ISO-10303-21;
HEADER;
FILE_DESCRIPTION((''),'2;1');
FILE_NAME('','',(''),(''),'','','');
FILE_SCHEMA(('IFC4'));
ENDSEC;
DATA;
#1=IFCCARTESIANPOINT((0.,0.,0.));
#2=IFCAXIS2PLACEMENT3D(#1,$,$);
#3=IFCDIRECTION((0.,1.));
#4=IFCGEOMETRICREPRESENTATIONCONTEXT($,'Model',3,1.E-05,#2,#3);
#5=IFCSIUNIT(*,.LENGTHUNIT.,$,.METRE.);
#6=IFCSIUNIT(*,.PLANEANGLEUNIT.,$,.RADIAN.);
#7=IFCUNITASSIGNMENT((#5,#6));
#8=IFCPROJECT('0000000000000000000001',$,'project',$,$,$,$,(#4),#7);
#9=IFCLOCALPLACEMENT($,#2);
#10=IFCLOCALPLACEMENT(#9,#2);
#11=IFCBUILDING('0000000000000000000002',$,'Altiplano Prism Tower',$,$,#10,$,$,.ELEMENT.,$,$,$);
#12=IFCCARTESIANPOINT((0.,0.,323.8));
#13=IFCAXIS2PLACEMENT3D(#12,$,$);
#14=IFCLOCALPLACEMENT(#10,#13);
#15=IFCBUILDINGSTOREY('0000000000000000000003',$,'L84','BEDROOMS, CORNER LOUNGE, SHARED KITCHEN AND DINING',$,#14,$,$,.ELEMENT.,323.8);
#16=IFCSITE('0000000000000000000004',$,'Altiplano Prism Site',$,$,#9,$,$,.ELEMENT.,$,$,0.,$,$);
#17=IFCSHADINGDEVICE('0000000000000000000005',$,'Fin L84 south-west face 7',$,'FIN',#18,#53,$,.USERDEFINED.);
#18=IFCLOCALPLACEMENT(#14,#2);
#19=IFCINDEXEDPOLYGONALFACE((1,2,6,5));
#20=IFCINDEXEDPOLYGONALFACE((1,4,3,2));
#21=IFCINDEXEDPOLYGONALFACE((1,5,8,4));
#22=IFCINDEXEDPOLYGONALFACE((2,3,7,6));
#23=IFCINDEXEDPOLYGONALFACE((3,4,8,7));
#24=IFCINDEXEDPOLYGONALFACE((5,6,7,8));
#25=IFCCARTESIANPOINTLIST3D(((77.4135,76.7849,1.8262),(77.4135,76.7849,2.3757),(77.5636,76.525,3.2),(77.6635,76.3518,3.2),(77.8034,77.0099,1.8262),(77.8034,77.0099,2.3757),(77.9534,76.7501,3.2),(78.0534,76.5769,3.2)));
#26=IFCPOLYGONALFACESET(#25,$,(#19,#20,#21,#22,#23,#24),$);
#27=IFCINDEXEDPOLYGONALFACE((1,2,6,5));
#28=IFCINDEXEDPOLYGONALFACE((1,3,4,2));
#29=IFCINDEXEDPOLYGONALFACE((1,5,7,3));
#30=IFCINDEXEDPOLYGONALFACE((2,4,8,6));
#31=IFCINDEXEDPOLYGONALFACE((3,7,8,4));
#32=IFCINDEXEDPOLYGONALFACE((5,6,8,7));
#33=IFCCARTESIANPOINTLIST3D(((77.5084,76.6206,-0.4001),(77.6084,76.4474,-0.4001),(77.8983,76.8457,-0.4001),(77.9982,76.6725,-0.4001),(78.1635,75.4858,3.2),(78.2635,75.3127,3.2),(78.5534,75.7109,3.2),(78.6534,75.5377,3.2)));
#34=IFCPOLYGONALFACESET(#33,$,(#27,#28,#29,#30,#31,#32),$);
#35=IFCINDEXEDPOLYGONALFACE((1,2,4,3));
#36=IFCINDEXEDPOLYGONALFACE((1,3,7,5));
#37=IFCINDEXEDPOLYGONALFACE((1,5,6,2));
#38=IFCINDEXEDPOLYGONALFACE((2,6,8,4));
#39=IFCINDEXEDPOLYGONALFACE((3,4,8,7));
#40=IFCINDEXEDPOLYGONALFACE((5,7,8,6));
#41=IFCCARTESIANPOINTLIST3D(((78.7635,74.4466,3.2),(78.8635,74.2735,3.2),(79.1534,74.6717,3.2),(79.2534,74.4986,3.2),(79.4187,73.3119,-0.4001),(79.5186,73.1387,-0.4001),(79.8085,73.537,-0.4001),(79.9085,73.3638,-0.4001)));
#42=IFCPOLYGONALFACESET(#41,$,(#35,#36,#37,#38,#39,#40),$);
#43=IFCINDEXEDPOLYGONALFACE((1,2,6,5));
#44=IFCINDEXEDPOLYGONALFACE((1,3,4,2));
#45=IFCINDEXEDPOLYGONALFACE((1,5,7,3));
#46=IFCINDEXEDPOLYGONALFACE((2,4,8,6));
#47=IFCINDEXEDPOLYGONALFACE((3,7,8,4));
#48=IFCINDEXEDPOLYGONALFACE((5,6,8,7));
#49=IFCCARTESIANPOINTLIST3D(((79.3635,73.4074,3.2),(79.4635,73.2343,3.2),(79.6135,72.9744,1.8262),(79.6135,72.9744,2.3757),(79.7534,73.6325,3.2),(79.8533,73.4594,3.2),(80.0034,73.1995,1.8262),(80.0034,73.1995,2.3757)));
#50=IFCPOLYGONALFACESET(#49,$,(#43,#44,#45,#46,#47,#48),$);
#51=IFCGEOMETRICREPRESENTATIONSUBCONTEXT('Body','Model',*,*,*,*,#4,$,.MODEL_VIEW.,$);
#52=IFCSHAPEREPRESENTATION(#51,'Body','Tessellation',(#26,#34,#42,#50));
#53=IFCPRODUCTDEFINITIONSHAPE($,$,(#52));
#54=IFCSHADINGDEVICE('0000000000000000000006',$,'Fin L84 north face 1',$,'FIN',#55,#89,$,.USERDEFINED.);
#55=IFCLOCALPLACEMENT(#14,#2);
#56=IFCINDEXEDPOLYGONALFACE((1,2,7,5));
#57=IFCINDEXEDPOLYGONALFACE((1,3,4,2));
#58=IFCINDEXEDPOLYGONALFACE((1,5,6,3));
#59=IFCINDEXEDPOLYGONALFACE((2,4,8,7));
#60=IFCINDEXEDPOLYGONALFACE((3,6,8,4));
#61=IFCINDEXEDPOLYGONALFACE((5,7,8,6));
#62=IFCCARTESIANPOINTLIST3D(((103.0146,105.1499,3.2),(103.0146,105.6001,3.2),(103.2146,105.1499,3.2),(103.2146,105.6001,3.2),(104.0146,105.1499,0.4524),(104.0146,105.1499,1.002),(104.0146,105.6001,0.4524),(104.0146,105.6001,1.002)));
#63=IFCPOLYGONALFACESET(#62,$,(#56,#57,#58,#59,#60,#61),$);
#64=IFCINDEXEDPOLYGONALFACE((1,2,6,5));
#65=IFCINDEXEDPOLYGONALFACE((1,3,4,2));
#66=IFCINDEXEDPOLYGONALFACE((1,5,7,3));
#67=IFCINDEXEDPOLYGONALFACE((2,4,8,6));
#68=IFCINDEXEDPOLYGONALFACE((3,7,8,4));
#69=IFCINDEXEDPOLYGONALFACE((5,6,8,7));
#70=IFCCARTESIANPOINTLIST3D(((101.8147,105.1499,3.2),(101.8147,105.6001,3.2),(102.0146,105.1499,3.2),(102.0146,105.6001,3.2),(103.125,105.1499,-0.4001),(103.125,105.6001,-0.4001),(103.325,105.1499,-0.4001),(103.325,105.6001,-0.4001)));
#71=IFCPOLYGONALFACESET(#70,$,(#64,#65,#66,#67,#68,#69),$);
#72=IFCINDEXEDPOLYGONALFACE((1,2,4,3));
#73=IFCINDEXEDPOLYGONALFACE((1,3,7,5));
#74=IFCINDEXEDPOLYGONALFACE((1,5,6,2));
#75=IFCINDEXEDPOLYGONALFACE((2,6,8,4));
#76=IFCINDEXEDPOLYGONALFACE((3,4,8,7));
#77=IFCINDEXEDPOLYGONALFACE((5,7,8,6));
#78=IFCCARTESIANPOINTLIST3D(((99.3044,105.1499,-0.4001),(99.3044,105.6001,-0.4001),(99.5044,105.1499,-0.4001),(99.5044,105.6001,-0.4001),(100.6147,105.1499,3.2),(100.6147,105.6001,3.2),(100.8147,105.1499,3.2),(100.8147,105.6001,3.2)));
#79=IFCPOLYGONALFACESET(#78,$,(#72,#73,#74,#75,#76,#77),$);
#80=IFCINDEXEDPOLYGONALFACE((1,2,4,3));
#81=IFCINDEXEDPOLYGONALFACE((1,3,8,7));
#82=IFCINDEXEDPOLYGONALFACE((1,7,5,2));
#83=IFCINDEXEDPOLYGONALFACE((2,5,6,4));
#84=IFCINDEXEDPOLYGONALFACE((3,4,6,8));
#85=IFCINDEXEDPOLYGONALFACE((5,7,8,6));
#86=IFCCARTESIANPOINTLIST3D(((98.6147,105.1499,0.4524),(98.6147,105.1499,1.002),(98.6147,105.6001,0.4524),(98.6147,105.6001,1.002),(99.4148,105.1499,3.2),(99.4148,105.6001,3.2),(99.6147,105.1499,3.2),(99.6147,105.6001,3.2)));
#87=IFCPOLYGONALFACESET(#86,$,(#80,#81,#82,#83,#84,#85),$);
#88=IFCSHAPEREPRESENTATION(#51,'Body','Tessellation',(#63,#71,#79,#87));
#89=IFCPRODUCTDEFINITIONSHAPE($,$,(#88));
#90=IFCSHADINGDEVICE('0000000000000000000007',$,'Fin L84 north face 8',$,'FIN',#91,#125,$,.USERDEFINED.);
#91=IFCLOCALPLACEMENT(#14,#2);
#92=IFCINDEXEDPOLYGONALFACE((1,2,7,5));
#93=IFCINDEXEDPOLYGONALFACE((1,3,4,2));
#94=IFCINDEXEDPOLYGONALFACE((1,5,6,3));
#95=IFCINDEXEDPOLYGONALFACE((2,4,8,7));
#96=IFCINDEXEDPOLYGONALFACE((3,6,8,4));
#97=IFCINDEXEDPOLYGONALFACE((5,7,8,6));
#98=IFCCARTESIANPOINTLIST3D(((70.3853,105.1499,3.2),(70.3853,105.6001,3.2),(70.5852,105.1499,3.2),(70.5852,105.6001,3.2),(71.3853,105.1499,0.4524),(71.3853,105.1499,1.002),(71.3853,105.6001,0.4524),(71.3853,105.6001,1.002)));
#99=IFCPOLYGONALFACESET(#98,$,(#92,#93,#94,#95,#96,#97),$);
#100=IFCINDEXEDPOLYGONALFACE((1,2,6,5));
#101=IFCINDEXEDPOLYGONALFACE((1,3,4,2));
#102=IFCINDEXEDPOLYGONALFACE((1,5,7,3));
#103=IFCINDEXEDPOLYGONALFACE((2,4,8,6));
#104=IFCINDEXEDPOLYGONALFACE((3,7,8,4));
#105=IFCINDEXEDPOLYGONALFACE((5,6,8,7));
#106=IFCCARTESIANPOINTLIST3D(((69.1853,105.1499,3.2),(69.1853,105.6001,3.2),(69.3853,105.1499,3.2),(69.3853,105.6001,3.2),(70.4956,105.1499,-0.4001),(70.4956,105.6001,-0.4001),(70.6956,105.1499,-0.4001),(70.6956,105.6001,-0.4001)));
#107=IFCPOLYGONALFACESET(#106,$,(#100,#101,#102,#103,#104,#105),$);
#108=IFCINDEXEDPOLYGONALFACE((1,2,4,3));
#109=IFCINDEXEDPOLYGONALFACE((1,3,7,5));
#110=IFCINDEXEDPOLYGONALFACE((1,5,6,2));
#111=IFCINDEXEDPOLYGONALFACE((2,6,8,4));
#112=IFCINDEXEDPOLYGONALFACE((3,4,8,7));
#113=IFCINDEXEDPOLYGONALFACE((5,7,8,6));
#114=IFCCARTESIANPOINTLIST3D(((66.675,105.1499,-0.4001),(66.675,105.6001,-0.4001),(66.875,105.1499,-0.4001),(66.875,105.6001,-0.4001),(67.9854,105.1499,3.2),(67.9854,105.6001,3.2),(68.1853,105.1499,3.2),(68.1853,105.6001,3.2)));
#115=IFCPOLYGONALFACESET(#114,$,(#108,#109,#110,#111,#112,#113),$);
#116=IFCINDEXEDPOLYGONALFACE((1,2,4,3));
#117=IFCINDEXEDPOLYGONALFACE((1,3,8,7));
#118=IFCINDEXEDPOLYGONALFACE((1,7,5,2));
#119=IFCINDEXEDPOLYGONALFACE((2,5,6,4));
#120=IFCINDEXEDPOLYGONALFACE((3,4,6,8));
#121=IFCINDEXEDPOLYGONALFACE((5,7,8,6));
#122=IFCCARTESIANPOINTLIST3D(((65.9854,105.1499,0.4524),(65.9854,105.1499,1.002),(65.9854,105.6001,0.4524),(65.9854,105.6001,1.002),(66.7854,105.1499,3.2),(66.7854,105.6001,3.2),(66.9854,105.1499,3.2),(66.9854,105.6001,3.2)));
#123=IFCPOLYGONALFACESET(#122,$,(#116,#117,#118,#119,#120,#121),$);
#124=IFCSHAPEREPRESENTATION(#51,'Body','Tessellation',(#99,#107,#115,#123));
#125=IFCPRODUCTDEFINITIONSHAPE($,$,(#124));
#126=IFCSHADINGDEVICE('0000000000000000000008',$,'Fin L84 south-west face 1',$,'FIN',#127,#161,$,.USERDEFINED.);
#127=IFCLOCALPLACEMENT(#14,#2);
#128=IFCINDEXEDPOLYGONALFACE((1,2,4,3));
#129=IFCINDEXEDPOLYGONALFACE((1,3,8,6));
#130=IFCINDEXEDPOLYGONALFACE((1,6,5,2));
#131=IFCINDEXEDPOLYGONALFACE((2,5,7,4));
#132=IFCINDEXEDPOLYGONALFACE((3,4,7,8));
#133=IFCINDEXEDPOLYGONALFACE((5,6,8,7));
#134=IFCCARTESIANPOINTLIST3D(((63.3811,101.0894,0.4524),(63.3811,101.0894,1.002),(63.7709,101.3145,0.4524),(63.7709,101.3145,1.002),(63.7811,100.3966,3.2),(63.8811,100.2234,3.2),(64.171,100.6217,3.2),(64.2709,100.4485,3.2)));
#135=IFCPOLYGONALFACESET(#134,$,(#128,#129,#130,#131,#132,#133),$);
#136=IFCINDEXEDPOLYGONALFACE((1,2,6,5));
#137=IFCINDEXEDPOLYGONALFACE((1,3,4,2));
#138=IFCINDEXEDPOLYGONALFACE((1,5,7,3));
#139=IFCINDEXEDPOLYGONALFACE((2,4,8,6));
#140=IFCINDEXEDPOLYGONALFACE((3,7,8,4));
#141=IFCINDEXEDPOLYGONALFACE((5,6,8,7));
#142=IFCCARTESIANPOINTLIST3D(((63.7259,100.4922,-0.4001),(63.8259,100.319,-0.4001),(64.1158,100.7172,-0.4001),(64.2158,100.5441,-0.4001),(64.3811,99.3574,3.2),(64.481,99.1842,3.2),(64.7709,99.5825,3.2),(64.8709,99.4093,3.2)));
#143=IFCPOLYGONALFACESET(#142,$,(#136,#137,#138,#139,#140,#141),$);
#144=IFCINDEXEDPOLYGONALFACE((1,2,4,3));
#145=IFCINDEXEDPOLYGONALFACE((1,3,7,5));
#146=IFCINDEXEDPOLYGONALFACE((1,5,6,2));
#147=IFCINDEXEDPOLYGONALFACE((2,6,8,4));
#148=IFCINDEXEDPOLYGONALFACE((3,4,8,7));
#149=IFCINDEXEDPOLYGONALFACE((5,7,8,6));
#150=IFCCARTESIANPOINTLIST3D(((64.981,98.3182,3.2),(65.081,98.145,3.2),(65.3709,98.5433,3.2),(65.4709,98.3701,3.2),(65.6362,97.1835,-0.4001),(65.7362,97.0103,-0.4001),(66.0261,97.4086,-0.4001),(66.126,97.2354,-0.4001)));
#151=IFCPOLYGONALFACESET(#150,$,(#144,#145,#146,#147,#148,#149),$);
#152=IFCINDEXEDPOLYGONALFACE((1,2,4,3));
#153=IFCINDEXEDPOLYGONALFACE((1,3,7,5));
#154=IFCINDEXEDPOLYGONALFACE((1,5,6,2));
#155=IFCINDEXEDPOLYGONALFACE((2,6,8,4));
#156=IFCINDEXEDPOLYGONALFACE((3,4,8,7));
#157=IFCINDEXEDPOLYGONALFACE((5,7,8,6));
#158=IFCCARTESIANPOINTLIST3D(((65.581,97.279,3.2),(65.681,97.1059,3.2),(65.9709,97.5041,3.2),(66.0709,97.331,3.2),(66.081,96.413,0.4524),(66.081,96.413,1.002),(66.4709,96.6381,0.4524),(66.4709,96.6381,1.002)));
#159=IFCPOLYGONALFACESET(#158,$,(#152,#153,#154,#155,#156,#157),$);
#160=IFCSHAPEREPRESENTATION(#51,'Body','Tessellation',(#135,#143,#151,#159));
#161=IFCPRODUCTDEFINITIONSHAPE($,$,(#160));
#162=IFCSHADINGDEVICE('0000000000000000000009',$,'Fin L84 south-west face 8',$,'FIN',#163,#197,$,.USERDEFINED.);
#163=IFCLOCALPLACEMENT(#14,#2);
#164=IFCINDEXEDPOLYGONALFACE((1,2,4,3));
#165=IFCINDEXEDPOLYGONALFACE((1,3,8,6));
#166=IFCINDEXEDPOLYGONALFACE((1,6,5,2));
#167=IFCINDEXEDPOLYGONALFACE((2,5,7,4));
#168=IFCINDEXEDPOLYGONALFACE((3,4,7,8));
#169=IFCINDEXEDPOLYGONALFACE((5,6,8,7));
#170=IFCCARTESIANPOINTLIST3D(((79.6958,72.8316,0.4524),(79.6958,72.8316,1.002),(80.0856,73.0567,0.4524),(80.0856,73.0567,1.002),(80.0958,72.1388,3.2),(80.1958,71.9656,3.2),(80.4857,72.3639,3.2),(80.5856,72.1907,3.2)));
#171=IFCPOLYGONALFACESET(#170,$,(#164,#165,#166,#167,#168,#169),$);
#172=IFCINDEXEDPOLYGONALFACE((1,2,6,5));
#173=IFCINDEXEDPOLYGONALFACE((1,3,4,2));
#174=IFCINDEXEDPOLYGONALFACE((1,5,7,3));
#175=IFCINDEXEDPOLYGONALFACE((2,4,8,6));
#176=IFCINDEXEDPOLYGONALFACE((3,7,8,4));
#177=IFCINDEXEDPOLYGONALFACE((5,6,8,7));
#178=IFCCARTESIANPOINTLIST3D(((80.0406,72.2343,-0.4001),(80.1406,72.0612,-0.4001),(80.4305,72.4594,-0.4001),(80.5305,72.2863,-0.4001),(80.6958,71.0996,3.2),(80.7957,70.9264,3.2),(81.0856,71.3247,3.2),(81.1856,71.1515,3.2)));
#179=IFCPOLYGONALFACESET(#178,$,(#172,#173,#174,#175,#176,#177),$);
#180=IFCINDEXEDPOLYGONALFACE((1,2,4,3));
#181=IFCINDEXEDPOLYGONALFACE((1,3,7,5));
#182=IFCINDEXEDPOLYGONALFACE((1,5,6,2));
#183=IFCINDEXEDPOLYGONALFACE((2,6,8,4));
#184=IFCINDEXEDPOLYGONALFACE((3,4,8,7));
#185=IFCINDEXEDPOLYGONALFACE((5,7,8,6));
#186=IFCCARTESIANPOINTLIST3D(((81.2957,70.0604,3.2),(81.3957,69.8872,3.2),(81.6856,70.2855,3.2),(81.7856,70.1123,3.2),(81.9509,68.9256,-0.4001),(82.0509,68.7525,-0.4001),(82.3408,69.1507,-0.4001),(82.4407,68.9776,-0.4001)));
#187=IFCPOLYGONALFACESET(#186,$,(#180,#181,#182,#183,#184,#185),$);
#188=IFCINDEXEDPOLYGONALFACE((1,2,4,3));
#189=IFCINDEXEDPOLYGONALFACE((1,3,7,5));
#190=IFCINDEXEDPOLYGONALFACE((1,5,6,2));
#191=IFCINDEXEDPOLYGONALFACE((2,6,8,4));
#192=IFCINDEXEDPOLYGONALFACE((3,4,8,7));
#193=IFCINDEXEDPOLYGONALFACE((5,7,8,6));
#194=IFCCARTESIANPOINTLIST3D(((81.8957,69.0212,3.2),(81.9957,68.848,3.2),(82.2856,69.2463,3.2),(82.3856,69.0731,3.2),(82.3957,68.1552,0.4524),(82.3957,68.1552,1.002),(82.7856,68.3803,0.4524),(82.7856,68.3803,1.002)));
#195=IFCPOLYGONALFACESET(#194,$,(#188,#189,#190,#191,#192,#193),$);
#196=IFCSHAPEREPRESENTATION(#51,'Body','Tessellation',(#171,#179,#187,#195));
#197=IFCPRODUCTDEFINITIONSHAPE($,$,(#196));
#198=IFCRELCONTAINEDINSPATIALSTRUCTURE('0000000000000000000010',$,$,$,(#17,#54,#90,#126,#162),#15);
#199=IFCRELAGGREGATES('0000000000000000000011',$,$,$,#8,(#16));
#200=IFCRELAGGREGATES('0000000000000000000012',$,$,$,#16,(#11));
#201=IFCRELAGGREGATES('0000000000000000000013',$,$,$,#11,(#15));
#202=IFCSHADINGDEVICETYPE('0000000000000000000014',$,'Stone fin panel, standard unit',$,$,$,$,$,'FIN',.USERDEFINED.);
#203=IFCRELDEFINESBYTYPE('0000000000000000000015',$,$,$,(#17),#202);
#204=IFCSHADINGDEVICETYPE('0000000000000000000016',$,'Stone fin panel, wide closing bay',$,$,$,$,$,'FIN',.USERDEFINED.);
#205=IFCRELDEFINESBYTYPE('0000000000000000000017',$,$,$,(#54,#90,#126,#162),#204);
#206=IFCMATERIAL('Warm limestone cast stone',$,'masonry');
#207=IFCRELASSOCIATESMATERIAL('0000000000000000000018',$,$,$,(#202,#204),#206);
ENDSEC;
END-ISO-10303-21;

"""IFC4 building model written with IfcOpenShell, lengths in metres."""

from ifc_helpers import new_model, si_unit, direction, frame, origin, place, context, subcontext, project, spatial, polyline, outline, extrude, source, transform, mapped, material, type_object, element, save


model = new_model("IFC4")

# Units and contexts
model_context = context("Model", 3, precision=1e-05, world=origin(), true_north=direction((0.0, 1.0)))
body_context = subcontext(model_context, "Body", "Model", "MODEL_VIEW")
ifc_project = project(units=[si_unit("LENGTHUNIT", "METRE"), si_unit("PLANEANGLEUNIT", "RADIAN")], contexts=[model_context])

# Site, building, storey
site_placement = place(None, origin())
site = spatial("IfcSite", under=ifc_project, at=site_placement, Name="Altiplano Prism Site", CompositionType="ELEMENT", RefElevation=0.0)
building_placement = place(site_placement, origin())
building = spatial("IfcBuilding", under=site, at=building_placement, Name="Altiplano Prism Tower", CompositionType="ELEMENT")
storey_placement = place(building_placement, frame((0.0, 0.0, 323.8)))
storey = spatial("IfcBuildingStorey", under=building, at=storey_placement, Name="L84", Description="BEDROOMS, CORNER LOUNGE, SHARED KITCHEN AND DINING", CompositionType="ELEMENT", Elevation=323.8)

# Shading devices
ifc_material_1 = material(Name="Warm limestone cast stone", Category="masonry")
shading_device_type_1 = type_object("IfcShadingDeviceType", Name="Stone fin panel, standard unit", ElementType="FIN", PredefinedType="USERDEFINED", material=ifc_material_1)
shared_shape_1 = source(origin(), body_context, "Body", "SweptSolid", [
    extrude(outline(polyline([(-2.2, 2.2263), (-1.7, 3.6001), (-1.8999, 3.6001), (-2.2, 2.7759), (-2.2, 2.2263)])), frame((0.0, -0.1499, 0.0), z_axis=(0.0, -1.0, 0.0), x_axis=(1.0, 0.0, 0.0)), (0.0, 0.0, 1.0), 0.4502),
    extrude(outline(polyline([(-2.0103, 0.0), (-1.8103, 0.0), (-0.5, 3.6001), (-0.7, 3.6001), (-2.0103, 0.0)])), frame((0.0, -0.1499, 0.0), z_axis=(0.0, -1.0, 0.0), x_axis=(1.0, 0.0, 0.0)), (0.0, 0.0, 1.0), 0.4502),
    extrude(outline(polyline([(1.8103, 0.0), (2.0103, 0.0), (0.7, 3.6001), (0.5, 3.6001), (1.8103, 0.0)])), frame((0.0, -0.1499, 0.0), z_axis=(0.0, -1.0, 0.0), x_axis=(1.0, 0.0, 0.0)), (0.0, 0.0, 1.0), 0.4502),
    extrude(outline(polyline([(2.2, 2.7759), (1.8999, 3.6001), (1.7, 3.6001), (2.2, 2.2263), (2.2, 2.7759)])), frame((0.0, -0.1499, 0.0), z_axis=(0.0, -1.0, 0.0), x_axis=(1.0, 0.0, 0.0)), (0.0, 0.0, 1.0), 0.4502),
])
shading_device_1_placement = place(storey_placement, origin())
element("IfcShadingDevice", 1, at=shading_device_1_placement, inside=storey, type_object=shading_device_type_1, Name="Fin L84 south-west face 7", ObjectType="FIN", PredefinedType="USERDEFINED", context=body_context, shape_type="MappedRepresentation", body=[
    mapped(shared_shape_1, transform((79.0332, 75.1797, -0.4001), x_axis=(0.5, -0.866025, 0.0), y_axis=(0.866025, 0.5, 0.0), z_axis=(0.0, 0.0, 1.0))),
])
shading_device_type_2 = type_object("IfcShadingDeviceType", Name="Stone fin panel, wide closing bay", ElementType="FIN", PredefinedType="USERDEFINED", material=ifc_material_1)
shared_shape_2 = source(origin(), body_context, "Body", "SweptSolid", [
    extrude(outline(polyline([(-2.7, 0.8525), (-1.7, 3.6001), (-1.8999, 3.6001), (-2.7, 1.4021), (-2.7, 0.8525)])), frame((0.0, -0.1499, 0.0), z_axis=(0.0, -1.0, 0.0), x_axis=(1.0, 0.0, 0.0)), (0.0, 0.0, 1.0), 0.4502),
    extrude(outline(polyline([(-2.0103, 0.0), (-1.8103, 0.0), (-0.5, 3.6001), (-0.7, 3.6001), (-2.0103, 0.0)])), frame((0.0, -0.1499, 0.0), z_axis=(0.0, -1.0, 0.0), x_axis=(1.0, 0.0, 0.0)), (0.0, 0.0, 1.0), 0.4502),
    extrude(outline(polyline([(1.8103, 0.0), (2.0103, 0.0), (0.7, 3.6001), (0.5, 3.6001), (1.8103, 0.0)])), frame((0.0, -0.1499, 0.0), z_axis=(0.0, -1.0, 0.0), x_axis=(1.0, 0.0, 0.0)), (0.0, 0.0, 1.0), 0.4502),
    extrude(outline(polyline([(2.7, 1.4021), (1.8999, 3.6001), (1.7, 3.6001), (2.7, 0.8525), (2.7, 1.4021)])), frame((0.0, -0.1499, 0.0), z_axis=(0.0, -1.0, 0.0), x_axis=(1.0, 0.0, 0.0)), (0.0, 0.0, 1.0), 0.4502),
])
shading_device_2_placement = place(storey_placement, origin())
element("IfcShadingDevice", 2, at=shading_device_2_placement, inside=storey, type_object=shading_device_type_2, Name="Fin L84 north face 1", ObjectType="FIN", PredefinedType="USERDEFINED", context=body_context, shape_type="MappedRepresentation", body=[
    mapped(shared_shape_2, transform((101.3147, 105.0, -0.4001), x_axis=(-1.0, 0.0, 0.0), y_axis=(0.0, -1.0, 0.0), z_axis=(0.0, 0.0, 1.0))),
])
shading_device_3_placement = place(storey_placement, origin())
element("IfcShadingDevice", 3, at=shading_device_3_placement, inside=storey, type_object=shading_device_type_2, Name="Fin L84 north face 8", ObjectType="FIN", PredefinedType="USERDEFINED", context=body_context, shape_type="MappedRepresentation", body=[
    mapped(shared_shape_2, transform((68.6853, 105.0, -0.4001), x_axis=(-1.0, 0.0, 0.0), y_axis=(0.0, -1.0, 0.0), z_axis=(0.0, 0.0, 1.0))),
])
shading_device_4_placement = place(storey_placement, origin())
element("IfcShadingDevice", 4, at=shading_device_4_placement, inside=storey, type_object=shading_device_type_2, Name="Fin L84 south-west face 1", ObjectType="FIN", PredefinedType="USERDEFINED", context=body_context, shape_type="MappedRepresentation", body=[
    mapped(shared_shape_2, transform((65.2507, 99.0513, -0.4001), x_axis=(0.5, -0.866025, 0.0), y_axis=(0.866025, 0.5, 0.0), z_axis=(0.0, 0.0, 1.0))),
])
shading_device_5_placement = place(storey_placement, origin())
element("IfcShadingDevice", 5, at=shading_device_5_placement, inside=storey, type_object=shading_device_type_2, Name="Fin L84 south-west face 8", ObjectType="FIN", PredefinedType="USERDEFINED", context=body_context, shape_type="MappedRepresentation", body=[
    mapped(shared_shape_2, transform((81.5654, 70.7935, -0.4001), x_axis=(0.5, -0.866025, 0.0), y_axis=(0.866025, 0.5, 0.0), z_axis=(0.0, 0.0, 1.0))),
])

save(model, "model.ifc")
